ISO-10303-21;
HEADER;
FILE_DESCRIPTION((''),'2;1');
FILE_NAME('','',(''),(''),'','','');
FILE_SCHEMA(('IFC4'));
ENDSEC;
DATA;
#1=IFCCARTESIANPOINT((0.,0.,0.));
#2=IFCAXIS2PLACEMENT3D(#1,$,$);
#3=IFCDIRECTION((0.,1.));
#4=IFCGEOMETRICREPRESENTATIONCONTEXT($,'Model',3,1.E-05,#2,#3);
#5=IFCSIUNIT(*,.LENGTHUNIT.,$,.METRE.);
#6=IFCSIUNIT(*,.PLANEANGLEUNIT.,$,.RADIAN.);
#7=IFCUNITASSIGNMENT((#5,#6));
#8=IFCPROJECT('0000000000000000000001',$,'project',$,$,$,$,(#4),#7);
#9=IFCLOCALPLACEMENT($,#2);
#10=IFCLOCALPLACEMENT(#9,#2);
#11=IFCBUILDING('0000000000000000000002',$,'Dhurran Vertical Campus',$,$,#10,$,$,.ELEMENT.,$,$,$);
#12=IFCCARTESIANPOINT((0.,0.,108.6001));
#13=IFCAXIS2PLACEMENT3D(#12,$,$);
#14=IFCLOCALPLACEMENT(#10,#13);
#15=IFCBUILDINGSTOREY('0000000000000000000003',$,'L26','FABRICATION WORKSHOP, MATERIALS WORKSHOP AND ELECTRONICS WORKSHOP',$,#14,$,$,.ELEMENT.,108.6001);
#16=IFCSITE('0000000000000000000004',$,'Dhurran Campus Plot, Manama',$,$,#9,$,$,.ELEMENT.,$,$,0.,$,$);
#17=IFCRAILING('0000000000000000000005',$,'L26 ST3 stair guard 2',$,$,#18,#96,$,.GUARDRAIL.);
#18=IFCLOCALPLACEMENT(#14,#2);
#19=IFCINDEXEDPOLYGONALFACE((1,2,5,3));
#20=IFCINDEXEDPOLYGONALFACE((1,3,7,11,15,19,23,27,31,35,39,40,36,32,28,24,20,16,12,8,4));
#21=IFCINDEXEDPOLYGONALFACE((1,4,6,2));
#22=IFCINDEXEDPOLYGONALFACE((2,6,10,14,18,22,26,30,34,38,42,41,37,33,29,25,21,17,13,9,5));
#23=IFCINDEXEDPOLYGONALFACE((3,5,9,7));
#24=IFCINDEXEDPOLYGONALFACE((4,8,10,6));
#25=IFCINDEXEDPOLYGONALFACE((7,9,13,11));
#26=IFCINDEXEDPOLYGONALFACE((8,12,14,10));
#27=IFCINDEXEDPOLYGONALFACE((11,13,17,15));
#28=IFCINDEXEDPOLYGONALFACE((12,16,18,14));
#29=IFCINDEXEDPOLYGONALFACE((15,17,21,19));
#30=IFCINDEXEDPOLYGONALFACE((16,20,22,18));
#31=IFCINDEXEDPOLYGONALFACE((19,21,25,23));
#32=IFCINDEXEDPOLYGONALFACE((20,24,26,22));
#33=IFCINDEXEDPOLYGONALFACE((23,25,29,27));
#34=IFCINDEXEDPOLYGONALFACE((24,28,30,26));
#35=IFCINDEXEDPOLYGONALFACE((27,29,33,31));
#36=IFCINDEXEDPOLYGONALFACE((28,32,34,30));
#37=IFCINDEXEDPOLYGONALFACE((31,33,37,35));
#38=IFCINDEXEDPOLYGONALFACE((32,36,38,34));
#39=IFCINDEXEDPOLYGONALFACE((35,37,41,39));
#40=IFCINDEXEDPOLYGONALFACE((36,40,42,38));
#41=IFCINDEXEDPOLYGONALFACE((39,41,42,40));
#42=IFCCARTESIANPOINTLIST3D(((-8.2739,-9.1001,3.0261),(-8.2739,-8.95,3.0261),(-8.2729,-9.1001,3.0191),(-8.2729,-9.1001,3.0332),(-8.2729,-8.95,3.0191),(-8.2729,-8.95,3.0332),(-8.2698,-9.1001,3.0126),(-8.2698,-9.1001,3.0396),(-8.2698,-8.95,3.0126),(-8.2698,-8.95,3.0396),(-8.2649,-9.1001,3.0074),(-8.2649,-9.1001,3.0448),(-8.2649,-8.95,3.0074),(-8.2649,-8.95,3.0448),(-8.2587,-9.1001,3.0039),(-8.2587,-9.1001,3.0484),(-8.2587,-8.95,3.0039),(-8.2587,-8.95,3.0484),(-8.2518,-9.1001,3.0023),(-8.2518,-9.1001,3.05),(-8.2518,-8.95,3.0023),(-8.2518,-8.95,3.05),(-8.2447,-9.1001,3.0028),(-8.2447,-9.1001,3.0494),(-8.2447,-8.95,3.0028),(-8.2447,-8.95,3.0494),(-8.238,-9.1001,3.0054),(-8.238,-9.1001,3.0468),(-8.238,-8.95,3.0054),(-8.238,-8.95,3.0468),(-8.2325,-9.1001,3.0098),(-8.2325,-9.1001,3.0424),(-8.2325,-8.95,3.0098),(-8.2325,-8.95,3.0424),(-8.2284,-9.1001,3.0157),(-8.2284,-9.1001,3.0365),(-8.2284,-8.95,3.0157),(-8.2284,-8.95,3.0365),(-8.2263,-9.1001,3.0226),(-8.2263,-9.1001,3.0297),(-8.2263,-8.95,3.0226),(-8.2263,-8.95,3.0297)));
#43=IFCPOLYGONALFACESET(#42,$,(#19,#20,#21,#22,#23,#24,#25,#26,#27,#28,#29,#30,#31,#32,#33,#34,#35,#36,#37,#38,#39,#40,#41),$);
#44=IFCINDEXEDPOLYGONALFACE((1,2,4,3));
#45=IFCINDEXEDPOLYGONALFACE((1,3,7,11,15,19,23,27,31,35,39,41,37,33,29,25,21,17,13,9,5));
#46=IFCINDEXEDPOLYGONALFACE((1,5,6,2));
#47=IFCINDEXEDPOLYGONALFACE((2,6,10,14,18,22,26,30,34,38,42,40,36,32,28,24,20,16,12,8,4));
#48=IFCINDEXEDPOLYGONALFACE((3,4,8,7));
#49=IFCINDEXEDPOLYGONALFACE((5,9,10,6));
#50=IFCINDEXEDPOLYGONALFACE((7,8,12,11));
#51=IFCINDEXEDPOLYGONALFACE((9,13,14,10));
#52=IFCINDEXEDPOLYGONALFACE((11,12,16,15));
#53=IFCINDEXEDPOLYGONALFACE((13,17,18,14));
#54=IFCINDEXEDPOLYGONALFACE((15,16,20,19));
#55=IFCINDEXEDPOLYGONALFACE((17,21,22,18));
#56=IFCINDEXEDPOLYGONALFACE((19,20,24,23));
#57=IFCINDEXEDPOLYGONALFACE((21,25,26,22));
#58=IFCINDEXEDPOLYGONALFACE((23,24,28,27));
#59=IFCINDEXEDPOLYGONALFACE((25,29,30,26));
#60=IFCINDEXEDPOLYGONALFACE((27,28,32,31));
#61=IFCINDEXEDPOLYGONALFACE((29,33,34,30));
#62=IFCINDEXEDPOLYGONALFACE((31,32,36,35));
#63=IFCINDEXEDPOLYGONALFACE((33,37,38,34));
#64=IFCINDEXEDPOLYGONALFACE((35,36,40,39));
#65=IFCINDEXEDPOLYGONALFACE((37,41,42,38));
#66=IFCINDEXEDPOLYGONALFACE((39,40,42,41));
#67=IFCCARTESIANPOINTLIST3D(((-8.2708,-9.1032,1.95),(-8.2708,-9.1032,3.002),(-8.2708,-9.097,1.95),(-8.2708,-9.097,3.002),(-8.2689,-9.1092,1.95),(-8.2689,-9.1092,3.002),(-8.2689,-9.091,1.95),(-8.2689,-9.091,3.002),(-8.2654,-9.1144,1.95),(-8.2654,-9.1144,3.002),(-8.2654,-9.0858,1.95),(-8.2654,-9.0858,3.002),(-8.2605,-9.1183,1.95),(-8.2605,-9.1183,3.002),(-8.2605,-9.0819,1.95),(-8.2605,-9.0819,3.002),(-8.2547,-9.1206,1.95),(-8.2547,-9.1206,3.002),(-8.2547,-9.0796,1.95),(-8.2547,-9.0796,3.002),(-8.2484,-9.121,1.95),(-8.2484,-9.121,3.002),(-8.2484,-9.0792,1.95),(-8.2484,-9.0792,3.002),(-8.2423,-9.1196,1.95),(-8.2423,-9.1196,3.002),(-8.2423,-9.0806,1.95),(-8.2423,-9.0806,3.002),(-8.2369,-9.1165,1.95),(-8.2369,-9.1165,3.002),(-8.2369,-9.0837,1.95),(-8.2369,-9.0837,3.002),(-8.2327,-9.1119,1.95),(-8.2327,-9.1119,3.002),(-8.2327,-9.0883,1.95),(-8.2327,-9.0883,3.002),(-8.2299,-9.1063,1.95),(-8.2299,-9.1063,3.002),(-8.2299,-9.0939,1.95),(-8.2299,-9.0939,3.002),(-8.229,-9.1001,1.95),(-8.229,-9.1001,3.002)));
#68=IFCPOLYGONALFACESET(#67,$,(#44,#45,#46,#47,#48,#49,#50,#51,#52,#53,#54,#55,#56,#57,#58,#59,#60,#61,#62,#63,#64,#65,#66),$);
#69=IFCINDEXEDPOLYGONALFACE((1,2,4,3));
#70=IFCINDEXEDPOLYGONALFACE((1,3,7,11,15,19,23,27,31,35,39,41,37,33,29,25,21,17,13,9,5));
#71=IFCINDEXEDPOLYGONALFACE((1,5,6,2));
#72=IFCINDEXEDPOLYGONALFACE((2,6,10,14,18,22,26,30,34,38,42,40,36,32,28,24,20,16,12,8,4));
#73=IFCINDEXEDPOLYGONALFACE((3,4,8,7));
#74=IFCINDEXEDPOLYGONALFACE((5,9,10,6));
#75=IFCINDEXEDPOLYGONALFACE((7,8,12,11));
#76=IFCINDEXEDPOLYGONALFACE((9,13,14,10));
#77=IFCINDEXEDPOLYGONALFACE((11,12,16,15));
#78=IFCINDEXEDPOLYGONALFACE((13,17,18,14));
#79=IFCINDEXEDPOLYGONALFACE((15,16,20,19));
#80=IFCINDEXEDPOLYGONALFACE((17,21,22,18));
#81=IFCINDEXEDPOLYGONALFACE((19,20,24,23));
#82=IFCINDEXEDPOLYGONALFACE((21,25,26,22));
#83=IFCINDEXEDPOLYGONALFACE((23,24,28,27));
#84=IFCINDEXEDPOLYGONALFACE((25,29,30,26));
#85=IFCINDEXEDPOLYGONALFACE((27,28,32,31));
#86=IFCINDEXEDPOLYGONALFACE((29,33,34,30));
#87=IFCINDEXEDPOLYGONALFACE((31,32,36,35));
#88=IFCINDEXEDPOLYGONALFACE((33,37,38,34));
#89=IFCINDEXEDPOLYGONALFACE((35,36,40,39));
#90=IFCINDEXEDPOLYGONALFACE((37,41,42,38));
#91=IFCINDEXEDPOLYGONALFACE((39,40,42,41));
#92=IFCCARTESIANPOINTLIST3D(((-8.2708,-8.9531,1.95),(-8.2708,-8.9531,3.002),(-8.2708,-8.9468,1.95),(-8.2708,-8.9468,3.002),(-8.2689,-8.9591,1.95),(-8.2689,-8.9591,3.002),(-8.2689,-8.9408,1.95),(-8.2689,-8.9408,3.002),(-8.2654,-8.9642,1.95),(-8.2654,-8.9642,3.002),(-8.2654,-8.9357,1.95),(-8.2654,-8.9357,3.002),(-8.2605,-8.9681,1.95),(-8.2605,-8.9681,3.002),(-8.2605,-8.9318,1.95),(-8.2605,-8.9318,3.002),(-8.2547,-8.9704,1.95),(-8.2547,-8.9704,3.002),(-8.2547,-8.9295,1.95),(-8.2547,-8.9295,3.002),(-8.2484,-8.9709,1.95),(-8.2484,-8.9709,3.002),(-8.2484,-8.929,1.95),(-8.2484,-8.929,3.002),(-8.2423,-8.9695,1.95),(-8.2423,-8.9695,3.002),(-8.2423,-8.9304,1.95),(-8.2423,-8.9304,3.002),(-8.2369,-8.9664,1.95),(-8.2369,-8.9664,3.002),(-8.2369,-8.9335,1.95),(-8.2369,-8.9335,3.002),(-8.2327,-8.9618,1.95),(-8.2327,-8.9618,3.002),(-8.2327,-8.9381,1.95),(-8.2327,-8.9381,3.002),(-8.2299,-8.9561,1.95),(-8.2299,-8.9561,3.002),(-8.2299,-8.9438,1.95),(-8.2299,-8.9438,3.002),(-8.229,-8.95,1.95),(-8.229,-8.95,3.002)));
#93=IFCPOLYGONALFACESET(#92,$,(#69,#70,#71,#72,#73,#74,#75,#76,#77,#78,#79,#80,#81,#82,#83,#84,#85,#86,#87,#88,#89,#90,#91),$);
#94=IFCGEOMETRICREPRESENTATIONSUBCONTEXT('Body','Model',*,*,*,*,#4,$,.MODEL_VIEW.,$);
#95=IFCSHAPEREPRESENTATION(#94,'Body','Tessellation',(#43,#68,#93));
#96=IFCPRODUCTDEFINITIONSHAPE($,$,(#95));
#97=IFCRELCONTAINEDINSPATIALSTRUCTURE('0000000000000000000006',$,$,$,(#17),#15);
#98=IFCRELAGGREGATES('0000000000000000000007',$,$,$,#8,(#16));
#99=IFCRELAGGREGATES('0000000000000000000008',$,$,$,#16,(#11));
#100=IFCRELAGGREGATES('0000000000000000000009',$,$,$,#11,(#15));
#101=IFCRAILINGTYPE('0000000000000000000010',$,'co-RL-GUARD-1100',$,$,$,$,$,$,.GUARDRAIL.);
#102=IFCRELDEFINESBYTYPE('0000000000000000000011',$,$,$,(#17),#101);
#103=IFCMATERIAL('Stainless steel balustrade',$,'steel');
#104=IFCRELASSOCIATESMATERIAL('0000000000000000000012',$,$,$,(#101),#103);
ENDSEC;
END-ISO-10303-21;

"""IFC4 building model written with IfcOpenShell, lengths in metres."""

from ifc_helpers import new_model, si_unit, direction, frame, origin, origin_2d, place, context, subcontext, project, spatial, circle, extrude, material, type_object, element, save


model = new_model("IFC4")

# Units and contexts
model_context = context("Model", 3, precision=1e-05, world=origin(), true_north=direction((0.0, 1.0)))
body_context = subcontext(model_context, "Body", "Model", "MODEL_VIEW")
ifc_project = project(units=[si_unit("LENGTHUNIT", "METRE"), si_unit("PLANEANGLEUNIT", "RADIAN")], contexts=[model_context])

# Site, building, storey
site_placement = place(None, origin())
site = spatial("IfcSite", under=ifc_project, at=site_placement, Name="Dhurran Campus Plot, Manama", CompositionType="ELEMENT", RefElevation=0.0)
building_placement = place(site_placement, origin())
building = spatial("IfcBuilding", under=site, at=building_placement, Name="Dhurran Vertical Campus", CompositionType="ELEMENT")
storey_placement = place(building_placement, frame((0.0, 0.0, 108.6001)))
storey = spatial("IfcBuildingStorey", under=building, at=storey_placement, Name="L26", Description="FABRICATION WORKSHOP, MATERIALS WORKSHOP AND ELECTRONICS WORKSHOP", CompositionType="ELEMENT", Elevation=108.6001)

# Railing
ifc_material_1 = material(Name="Stainless steel balustrade", Category="steel")
railing_type_1 = type_object("IfcRailingType", Name="co-RL-GUARD-1100", PredefinedType="GUARDRAIL", material=ifc_material_1)
railing_1_placement = place(storey_placement, frame((-8.25, -9.1001, 1.95)))
element("IfcRailing", 1, at=railing_1_placement, inside=storey, type_object=railing_type_1, Name="L26 ST3 stair guard 2", PredefinedType="GUARDRAIL", context=body_context, shape_type="SweptSolid", body=[
    extrude(circle(Radius=0.0239, at=origin_2d()), frame((0.0, 0.0, 1.0762), z_axis=(0.0, 1.0, 0.0), x_axis=(-1.0, 0.0, 0.0)), (0.0, 0.0, 1.0), 0.1501),
    extrude(circle(Radius=0.021, at=origin_2d()), origin(), (0.0, 0.0, 1.0), 1.052),
    extrude(circle(Radius=0.021, at=origin_2d()), frame((0.0, 0.1501, 0.0)), (0.0, 0.0, 1.0), 1.052),
])

save(model, "model.ifc")
